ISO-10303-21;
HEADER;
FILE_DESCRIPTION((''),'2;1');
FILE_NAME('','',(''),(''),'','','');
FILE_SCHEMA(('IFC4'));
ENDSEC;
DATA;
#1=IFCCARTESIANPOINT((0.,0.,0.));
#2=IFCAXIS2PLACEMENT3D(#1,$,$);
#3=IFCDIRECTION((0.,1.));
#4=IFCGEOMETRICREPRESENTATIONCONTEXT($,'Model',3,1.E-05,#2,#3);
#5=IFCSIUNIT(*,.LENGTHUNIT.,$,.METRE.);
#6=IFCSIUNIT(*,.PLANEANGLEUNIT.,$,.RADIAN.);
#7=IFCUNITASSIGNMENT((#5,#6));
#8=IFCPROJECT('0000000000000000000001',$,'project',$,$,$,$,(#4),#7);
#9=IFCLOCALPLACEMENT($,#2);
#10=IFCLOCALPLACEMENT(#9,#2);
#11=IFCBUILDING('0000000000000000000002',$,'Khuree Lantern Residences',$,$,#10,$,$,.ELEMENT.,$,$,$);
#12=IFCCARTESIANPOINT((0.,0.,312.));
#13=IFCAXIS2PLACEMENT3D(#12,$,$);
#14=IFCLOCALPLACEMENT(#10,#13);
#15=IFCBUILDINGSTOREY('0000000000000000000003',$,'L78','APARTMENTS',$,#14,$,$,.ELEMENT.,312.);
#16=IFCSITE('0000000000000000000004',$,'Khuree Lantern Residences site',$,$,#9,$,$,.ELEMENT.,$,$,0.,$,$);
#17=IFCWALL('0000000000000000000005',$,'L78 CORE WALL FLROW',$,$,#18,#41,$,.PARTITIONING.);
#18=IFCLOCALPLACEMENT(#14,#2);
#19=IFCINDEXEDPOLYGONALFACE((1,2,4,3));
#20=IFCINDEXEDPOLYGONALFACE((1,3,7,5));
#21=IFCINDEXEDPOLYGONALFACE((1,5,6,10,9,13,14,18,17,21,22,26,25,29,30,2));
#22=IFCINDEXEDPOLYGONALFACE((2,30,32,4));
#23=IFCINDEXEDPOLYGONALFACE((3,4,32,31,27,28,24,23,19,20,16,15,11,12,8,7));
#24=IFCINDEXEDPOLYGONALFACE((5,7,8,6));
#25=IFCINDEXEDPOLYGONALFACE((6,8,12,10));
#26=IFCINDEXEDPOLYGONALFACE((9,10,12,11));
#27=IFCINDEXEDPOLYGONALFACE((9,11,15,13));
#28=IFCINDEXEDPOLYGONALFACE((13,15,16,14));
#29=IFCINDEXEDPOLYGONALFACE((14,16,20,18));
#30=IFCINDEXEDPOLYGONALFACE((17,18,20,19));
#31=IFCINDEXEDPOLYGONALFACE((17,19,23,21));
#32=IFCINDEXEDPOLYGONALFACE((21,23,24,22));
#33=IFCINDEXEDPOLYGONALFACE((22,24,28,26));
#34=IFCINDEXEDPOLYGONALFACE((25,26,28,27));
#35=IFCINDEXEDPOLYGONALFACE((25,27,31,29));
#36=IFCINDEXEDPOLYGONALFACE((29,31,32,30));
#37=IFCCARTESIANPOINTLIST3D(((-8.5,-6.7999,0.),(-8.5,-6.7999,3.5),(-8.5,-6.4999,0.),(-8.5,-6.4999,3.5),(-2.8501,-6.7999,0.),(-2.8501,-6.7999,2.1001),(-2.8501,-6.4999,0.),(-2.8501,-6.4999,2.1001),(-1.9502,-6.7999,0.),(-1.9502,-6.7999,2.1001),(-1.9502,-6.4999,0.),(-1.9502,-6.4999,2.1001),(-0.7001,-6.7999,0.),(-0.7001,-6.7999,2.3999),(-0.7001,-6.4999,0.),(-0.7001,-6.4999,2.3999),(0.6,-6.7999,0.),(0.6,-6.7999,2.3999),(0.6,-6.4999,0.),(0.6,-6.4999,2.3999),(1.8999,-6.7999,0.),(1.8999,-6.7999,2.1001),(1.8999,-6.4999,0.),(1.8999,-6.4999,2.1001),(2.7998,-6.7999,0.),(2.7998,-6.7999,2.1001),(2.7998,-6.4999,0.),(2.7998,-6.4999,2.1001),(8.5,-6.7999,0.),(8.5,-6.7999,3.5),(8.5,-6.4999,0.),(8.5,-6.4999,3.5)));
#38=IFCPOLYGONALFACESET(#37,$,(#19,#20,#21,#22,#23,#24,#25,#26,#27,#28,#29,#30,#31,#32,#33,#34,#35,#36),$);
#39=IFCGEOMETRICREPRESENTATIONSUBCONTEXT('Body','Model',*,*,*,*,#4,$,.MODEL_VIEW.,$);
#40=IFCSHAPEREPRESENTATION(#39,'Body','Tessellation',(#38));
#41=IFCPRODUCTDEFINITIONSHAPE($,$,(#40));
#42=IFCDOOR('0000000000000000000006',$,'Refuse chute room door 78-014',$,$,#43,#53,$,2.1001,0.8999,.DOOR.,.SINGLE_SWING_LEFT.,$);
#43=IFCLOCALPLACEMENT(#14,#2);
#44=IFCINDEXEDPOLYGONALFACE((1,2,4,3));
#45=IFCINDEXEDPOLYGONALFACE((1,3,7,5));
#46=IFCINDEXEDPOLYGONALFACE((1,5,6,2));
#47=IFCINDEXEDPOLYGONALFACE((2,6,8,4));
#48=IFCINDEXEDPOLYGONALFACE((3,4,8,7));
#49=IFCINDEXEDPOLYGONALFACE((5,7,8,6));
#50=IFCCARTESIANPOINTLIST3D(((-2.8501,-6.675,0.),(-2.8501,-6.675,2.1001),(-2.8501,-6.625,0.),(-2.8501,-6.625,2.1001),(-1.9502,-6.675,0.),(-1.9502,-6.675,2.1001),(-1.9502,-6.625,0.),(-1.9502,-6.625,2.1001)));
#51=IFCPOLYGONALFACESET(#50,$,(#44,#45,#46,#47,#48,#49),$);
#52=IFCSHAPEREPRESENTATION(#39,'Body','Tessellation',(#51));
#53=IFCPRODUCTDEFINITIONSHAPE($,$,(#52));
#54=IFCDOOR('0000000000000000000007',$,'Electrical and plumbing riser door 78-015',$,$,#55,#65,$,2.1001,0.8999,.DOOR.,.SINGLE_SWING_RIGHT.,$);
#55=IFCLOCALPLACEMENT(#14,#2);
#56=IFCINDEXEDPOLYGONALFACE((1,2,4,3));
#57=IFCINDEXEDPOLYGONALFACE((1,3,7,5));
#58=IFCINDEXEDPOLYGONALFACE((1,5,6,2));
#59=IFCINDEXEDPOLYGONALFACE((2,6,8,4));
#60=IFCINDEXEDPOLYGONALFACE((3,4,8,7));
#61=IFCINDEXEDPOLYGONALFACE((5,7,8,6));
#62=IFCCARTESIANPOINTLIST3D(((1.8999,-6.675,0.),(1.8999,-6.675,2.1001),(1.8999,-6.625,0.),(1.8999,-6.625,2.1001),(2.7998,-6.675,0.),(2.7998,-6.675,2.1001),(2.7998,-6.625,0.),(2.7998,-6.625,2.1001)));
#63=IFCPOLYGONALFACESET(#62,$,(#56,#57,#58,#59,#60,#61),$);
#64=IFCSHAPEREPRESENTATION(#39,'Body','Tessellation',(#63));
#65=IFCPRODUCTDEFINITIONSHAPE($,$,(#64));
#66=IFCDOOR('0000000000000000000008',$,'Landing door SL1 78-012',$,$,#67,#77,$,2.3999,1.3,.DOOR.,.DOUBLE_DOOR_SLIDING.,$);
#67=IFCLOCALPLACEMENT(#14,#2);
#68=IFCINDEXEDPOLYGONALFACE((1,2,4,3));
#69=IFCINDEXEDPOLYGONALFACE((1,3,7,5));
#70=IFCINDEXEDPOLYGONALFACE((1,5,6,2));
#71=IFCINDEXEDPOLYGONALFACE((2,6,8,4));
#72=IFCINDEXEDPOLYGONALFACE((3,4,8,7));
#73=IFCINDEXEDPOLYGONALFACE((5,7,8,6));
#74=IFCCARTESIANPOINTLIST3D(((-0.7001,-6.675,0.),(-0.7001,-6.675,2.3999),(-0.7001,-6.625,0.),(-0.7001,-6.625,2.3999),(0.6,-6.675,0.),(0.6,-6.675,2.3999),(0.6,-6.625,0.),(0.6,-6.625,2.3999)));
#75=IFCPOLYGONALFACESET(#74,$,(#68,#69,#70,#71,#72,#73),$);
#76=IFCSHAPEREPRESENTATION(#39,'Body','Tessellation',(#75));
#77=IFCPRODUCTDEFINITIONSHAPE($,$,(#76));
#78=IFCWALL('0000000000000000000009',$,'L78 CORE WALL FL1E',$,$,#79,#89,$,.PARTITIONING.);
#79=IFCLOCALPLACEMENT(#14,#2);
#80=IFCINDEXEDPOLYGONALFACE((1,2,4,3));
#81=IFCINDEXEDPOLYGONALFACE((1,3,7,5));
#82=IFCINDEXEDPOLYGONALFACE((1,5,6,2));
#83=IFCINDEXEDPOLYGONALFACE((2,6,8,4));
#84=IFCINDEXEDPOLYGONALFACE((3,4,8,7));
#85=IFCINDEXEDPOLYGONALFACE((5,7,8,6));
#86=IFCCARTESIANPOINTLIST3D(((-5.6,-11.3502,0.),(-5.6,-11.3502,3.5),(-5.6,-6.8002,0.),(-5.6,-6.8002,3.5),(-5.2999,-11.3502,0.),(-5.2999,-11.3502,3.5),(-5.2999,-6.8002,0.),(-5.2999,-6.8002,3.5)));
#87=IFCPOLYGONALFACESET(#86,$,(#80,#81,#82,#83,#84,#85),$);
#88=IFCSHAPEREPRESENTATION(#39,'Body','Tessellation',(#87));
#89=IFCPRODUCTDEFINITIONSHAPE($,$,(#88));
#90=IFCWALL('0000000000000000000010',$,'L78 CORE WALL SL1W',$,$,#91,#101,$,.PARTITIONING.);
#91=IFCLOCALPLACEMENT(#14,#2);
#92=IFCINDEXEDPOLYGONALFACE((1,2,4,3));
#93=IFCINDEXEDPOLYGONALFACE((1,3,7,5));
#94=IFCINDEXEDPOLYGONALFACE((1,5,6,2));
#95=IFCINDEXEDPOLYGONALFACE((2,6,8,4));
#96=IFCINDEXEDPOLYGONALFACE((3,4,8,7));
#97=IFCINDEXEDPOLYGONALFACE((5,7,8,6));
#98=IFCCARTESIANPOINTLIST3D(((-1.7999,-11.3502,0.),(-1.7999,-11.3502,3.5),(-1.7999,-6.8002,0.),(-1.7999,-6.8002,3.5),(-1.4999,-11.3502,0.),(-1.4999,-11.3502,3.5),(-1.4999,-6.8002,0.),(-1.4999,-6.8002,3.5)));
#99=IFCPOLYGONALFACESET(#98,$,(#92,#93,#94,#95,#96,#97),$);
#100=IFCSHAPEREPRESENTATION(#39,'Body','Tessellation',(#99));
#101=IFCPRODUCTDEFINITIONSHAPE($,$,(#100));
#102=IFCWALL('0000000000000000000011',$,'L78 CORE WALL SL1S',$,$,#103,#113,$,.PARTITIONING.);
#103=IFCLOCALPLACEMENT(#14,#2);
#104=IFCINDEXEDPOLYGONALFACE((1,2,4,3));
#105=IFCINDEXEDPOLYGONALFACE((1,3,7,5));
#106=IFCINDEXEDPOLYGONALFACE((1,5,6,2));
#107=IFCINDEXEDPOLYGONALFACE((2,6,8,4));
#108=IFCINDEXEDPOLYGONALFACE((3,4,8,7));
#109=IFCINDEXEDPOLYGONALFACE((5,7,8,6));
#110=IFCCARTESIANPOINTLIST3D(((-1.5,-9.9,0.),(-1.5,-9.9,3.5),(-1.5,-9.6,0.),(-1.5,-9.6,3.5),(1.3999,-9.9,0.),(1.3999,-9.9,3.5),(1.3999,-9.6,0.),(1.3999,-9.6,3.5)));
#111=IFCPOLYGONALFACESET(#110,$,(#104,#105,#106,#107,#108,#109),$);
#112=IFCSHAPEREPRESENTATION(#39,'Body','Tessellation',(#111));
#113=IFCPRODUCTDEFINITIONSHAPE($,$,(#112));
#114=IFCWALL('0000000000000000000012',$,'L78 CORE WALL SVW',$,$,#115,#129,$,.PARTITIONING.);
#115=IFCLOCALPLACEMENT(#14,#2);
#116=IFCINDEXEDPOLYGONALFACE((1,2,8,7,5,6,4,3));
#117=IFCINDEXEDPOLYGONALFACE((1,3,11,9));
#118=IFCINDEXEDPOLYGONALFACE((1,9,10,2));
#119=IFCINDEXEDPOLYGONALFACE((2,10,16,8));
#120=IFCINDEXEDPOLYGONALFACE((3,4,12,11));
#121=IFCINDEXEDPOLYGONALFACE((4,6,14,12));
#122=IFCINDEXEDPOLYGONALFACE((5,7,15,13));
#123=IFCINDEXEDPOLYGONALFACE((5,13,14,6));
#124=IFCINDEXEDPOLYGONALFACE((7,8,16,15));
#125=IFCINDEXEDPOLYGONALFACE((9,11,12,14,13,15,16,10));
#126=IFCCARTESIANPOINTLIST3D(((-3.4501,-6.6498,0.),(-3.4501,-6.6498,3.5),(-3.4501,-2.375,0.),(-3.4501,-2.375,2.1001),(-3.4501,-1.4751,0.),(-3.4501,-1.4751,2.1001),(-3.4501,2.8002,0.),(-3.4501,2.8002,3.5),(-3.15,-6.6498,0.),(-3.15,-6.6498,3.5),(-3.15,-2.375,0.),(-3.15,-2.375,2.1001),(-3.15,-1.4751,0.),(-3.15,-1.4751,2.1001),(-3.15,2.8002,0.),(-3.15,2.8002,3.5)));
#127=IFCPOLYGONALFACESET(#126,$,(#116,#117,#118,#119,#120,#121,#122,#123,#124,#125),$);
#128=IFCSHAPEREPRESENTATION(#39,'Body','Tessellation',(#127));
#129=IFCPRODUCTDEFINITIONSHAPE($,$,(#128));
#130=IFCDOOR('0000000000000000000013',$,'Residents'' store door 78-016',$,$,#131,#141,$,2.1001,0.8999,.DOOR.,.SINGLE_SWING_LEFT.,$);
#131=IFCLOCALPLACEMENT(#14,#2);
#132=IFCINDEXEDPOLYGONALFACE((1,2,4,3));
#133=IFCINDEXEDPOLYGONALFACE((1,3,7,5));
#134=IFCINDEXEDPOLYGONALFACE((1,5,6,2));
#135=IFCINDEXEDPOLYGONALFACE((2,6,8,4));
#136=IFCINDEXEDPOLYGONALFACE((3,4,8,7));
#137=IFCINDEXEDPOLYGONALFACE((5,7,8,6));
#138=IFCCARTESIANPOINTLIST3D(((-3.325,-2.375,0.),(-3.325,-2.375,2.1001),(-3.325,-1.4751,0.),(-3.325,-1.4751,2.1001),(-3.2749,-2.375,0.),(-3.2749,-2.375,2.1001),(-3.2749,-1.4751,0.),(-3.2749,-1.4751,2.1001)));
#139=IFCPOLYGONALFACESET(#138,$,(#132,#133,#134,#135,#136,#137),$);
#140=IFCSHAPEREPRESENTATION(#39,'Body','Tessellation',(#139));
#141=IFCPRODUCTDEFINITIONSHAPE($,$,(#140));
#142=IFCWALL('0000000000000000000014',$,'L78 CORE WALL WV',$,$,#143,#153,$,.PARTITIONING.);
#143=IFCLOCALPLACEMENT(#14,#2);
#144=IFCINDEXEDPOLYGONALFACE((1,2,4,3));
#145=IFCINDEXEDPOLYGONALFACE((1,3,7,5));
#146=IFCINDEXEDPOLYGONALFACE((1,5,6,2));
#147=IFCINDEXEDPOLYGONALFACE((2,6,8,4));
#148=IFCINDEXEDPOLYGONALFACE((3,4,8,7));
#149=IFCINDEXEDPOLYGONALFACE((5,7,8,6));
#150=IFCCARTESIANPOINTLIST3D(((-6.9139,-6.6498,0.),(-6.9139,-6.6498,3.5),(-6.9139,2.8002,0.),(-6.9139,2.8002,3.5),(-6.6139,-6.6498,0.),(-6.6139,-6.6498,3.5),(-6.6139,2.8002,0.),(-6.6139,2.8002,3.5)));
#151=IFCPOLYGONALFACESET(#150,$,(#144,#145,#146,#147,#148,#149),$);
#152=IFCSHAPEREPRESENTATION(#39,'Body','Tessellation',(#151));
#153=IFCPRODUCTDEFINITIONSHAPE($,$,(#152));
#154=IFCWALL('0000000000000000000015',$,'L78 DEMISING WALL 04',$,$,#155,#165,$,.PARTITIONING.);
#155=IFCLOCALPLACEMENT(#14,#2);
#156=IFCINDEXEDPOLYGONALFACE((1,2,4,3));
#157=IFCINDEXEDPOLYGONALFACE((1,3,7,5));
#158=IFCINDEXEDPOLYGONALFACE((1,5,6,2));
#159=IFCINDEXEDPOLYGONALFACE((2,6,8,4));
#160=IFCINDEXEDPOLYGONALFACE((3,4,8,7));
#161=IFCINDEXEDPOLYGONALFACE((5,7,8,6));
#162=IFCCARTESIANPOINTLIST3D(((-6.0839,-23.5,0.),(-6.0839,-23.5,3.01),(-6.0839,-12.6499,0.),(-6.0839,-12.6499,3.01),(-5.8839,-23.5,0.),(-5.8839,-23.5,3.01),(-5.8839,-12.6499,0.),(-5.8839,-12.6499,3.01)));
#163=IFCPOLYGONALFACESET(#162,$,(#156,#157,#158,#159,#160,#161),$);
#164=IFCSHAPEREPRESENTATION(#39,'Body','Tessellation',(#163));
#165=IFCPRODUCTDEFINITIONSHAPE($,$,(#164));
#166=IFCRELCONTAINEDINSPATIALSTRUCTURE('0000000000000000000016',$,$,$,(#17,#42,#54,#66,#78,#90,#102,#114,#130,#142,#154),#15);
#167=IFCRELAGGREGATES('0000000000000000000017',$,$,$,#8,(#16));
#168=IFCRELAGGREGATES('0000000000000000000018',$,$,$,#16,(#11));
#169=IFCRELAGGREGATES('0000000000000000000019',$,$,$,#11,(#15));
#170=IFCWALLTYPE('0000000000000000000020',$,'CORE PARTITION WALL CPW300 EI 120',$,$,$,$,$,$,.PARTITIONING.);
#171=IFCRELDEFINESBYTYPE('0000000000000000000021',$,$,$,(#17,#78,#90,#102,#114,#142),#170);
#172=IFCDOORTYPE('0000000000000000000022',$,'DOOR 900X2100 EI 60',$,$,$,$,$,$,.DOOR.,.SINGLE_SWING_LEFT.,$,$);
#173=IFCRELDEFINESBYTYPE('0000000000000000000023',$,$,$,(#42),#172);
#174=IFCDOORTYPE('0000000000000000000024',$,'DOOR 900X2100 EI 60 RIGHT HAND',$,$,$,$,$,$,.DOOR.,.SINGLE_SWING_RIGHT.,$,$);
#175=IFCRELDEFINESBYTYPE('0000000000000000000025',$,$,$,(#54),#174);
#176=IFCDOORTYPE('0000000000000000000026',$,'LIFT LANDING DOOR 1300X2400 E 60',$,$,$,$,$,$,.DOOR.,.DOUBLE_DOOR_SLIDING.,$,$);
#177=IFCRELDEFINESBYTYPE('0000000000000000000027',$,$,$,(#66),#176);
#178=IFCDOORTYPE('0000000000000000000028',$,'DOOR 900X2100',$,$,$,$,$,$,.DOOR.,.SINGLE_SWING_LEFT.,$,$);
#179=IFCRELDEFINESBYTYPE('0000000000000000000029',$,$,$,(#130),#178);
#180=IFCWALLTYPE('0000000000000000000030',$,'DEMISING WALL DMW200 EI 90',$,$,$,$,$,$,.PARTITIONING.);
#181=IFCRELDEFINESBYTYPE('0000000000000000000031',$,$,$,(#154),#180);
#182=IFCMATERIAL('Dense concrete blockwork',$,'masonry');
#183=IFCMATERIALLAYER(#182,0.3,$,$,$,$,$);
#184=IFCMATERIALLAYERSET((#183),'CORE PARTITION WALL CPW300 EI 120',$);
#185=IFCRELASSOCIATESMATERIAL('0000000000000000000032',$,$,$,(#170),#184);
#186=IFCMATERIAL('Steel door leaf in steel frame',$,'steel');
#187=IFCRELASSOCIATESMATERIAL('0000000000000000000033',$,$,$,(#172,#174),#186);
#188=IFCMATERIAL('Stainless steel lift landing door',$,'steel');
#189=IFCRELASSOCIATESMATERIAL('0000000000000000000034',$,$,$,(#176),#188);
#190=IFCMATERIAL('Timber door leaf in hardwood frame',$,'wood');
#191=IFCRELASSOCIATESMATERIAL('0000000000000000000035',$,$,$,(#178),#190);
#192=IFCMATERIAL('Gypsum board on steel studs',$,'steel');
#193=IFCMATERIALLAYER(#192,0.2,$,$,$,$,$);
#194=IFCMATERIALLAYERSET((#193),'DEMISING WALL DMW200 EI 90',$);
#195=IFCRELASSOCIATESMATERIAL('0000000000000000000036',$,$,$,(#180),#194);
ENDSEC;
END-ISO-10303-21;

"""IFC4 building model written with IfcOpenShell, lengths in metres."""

from ifc_helpers import new_model, si_unit, direction, frame, frame_2d, origin, place, context, subcontext, project, spatial, rectangle, extrude, material, layer, layer_set, type_object, element, fill, save


model = new_model("IFC4")

# Units and contexts
model_context = context("Model", 3, precision=1e-05, world=origin(), true_north=direction((0.0, 1.0)))
body_context = subcontext(model_context, "Body", "Model", "MODEL_VIEW")
ifc_project = project(units=[si_unit("LENGTHUNIT", "METRE"), si_unit("PLANEANGLEUNIT", "RADIAN")], contexts=[model_context])

# Site, building, storey
site_placement = place(None, origin())
site = spatial("IfcSite", under=ifc_project, at=site_placement, Name="Khuree Lantern Residences site", CompositionType="ELEMENT", RefElevation=0.0)
building_placement = place(site_placement, origin())
building = spatial("IfcBuilding", under=site, at=building_placement, Name="Khuree Lantern Residences", CompositionType="ELEMENT")
storey_placement = place(building_placement, frame((0.0, 0.0, 312.0)))
storey = spatial("IfcBuildingStorey", under=building, at=storey_placement, Name="L78", Description="APARTMENTS", CompositionType="ELEMENT", Elevation=312.0)

# Shared definitions
ifc_material_1 = material(Name="Timber door leaf in hardwood frame", Category="wood")

# Wall, openings, doors
ifc_material_2 = material(Name="Dense concrete blockwork", Category="masonry")
ifc_layer_1 = layer(ifc_material_2, 0.3)
ifc_layer_set_1 = layer_set([ifc_layer_1], Name="CORE PARTITION WALL CPW300 EI 120")
wall_type_1 = type_object("IfcWallType", Name="CORE PARTITION WALL CPW300 EI 120", PredefinedType="PARTITIONING", material=ifc_layer_set_1)
wall_1_placement = place(storey_placement, frame((-8.5, -6.6499, 0.0), z_axis=(0.0, 0.0, 1.0), x_axis=(1.0, 0.0, 0.0)))
wall_1 = element("IfcWall", 1, at=wall_1_placement, inside=storey, type_object=wall_type_1, Name="L78 CORE WALL FLROW", PredefinedType="PARTITIONING", context=body_context, shape_type="SweptSolid", body=[
    extrude(rectangle(XDim=17.0, YDim=0.3, at=frame_2d((8.5, 0.0))), origin(), (0.0, 0.0, 1.0), 3.5),
])
opening_1_placement = place(wall_1_placement, frame((7.8, 0.0, 0.0)))
opening_1 = element("IfcOpeningElement", 2, at=opening_1_placement, cuts=wall_1, PredefinedType="OPENING", context=body_context, shape_type="SweptSolid", body=[
    extrude(rectangle(XDim=1.3, YDim=2.3999, at=frame_2d((0.6499, 1.2))), frame((0.0, 0.1602, 0.0), z_axis=(0.0, -1.0, 0.0), x_axis=(1.0, 0.0, 0.0)), (0.0, 0.0, 1.0), 0.3201),
])
opening_2_placement = place(wall_1_placement, frame((5.6499, 0.0, 0.0)))
opening_2 = element("IfcOpeningElement", 3, at=opening_2_placement, cuts=wall_1, PredefinedType="OPENING", context=body_context, shape_type="SweptSolid", body=[
    extrude(rectangle(XDim=0.8999, YDim=2.1001, at=frame_2d((0.45, 1.05))), frame((0.0, 0.1602, 0.0), z_axis=(0.0, -1.0, 0.0), x_axis=(1.0, 0.0, 0.0)), (0.0, 0.0, 1.0), 0.3201),
])
opening_3_placement = place(wall_1_placement, frame((10.3999, 0.0, 0.0)))
opening_3 = element("IfcOpeningElement", 4, at=opening_3_placement, cuts=wall_1, PredefinedType="OPENING", context=body_context, shape_type="SweptSolid", body=[
    extrude(rectangle(XDim=0.8999, YDim=2.1001, at=frame_2d((0.45, 1.05))), frame((0.0, 0.1602, 0.0), z_axis=(0.0, -1.0, 0.0), x_axis=(1.0, 0.0, 0.0)), (0.0, 0.0, 1.0), 0.3201),
])
ifc_material_3 = material(Name="Steel door leaf in steel frame", Category="steel")
door_type_1 = type_object("IfcDoorType", Name="DOOR 900X2100 EI 60", OperationType="SINGLE_SWING_LEFT", PredefinedType="DOOR", material=ifc_material_3)
door_1_placement = place(opening_2_placement, origin())
door_1 = element("IfcDoor", 5, at=door_1_placement, inside=storey, type_object=door_type_1, Name="Refuse chute room door 78-014", OperationType="SINGLE_SWING_LEFT", OverallHeight=2.1001, OverallWidth=0.8999, PredefinedType="DOOR", context=body_context, shape_type="SweptSolid", body=[
    extrude(rectangle(XDim=0.8999, YDim=2.1001, at=frame_2d((0.45, 1.05))), frame((0.0, 0.0249, 0.0), z_axis=(0.0, -1.0, 0.0), x_axis=(1.0, 0.0, 0.0)), (0.0, 0.0, 1.0), 0.05),
])
fill(opening_2, door_1)
door_type_2 = type_object("IfcDoorType", Name="DOOR 900X2100 EI 60 RIGHT HAND", OperationType="SINGLE_SWING_RIGHT", PredefinedType="DOOR", material=ifc_material_3)
door_2_placement = place(opening_3_placement, origin())
door_2 = element("IfcDoor", 6, at=door_2_placement, inside=storey, type_object=door_type_2, Name="Electrical and plumbing riser door 78-015", OperationType="SINGLE_SWING_RIGHT", OverallHeight=2.1001, OverallWidth=0.8999, PredefinedType="DOOR", context=body_context, shape_type="SweptSolid", body=[
    extrude(rectangle(XDim=0.8999, YDim=2.1001, at=frame_2d((0.45, 1.05))), frame((0.0, 0.0249, 0.0), z_axis=(0.0, -1.0, 0.0), x_axis=(1.0, 0.0, 0.0)), (0.0, 0.0, 1.0), 0.05),
])
fill(opening_3, door_2)
ifc_material_4 = material(Name="Stainless steel lift landing door", Category="steel")
door_type_3 = type_object("IfcDoorType", Name="LIFT LANDING DOOR 1300X2400 E 60", OperationType="DOUBLE_DOOR_SLIDING", PredefinedType="DOOR", material=ifc_material_4)
door_3_placement = place(opening_1_placement, origin())
door_3 = element("IfcDoor", 7, at=door_3_placement, inside=storey, type_object=door_type_3, Name="Landing door SL1 78-012", OperationType="DOUBLE_DOOR_SLIDING", OverallHeight=2.3999, OverallWidth=1.3, PredefinedType="DOOR", context=body_context, shape_type="SweptSolid", body=[
    extrude(rectangle(XDim=1.3, YDim=2.3999, at=frame_2d((0.6499, 1.2))), frame((0.0, 0.0249, 0.0), z_axis=(0.0, -1.0, 0.0), x_axis=(1.0, 0.0, 0.0)), (0.0, 0.0, 1.0), 0.05),
])
fill(opening_1, door_3)

# Walls
for number, where, z_axis, x_axis, name in (
    (8, (-5.45, -11.3501, 0.0), (0.0, 0.0, 1.0), (0.0, 1.0, 0.0), "L78 CORE WALL FL1E"),
    (9, (-1.6499, -11.3501, 0.0), (0.0, 0.0, 1.0), (0.0, 1.0, 0.0), "L78 CORE WALL SL1W"),
):
    element("IfcWall", number, at=place(storey_placement, frame(where, z_axis=z_axis, x_axis=x_axis)), inside=storey, type_object=wall_type_1, Name=name, PredefinedType="PARTITIONING", context=body_context, shape_type="SweptSolid", body=[
        extrude(rectangle(XDim=4.55, YDim=0.3, at=frame_2d((2.2749, 0.0))), origin(), (0.0, 0.0, 1.0), 3.5),
    ])
wall_2_placement = place(storey_placement, frame((-1.5, -9.75, 0.0), z_axis=(0.0, 0.0, 1.0), x_axis=(1.0, 0.0, 0.0)))
element("IfcWall", 10, at=wall_2_placement, inside=storey, type_object=wall_type_1, Name="L78 CORE WALL SL1S", PredefinedType="PARTITIONING", context=body_context, shape_type="SweptSolid", body=[
    extrude(rectangle(XDim=2.8999, YDim=0.3, at=frame_2d((1.45, 0.0))), origin(), (0.0, 0.0, 1.0), 3.5),
])

# Wall, opening, door
wall_3_placement = place(storey_placement, frame((-3.3, -6.6499, 0.0), z_axis=(0.0, 0.0, 1.0), x_axis=(0.0, 1.0, 0.0)))
wall_3 = element("IfcWall", 11, at=wall_3_placement, inside=storey, type_object=wall_type_1, Name="L78 CORE WALL SVW", PredefinedType="PARTITIONING", context=body_context, shape_type="SweptSolid", body=[
    extrude(rectangle(XDim=9.45, YDim=0.3, at=frame_2d((4.7251, 0.0))), origin(), (0.0, 0.0, 1.0), 3.5),
])
opening_4_placement = place(wall_3_placement, frame((4.2749, 0.0, 0.0)))
opening_4 = element("IfcOpeningElement", 12, at=opening_4_placement, cuts=wall_3, PredefinedType="OPENING", context=body_context, shape_type="SweptSolid", body=[
    extrude(rectangle(XDim=0.8999, YDim=2.1001, at=frame_2d((0.45, 1.05))), frame((0.0, 0.1602, 0.0), z_axis=(0.0, -1.0, 0.0), x_axis=(1.0, 0.0, 0.0)), (0.0, 0.0, 1.0), 0.3201),
])
door_type_4 = type_object("IfcDoorType", Name="DOOR 900X2100", OperationType="SINGLE_SWING_LEFT", PredefinedType="DOOR", material=ifc_material_1)
door_4_placement = place(opening_4_placement, origin())
door_4 = element("IfcDoor", 13, at=door_4_placement, inside=storey, type_object=door_type_4, Name="Residents' store door 78-016", OperationType="SINGLE_SWING_LEFT", OverallHeight=2.1001, OverallWidth=0.8999, PredefinedType="DOOR", context=body_context, shape_type="SweptSolid", body=[
    extrude(rectangle(XDim=0.8999, YDim=2.1001, at=frame_2d((0.45, 1.05))), frame((0.0, 0.0249, 0.0), z_axis=(0.0, -1.0, 0.0), x_axis=(1.0, 0.0, 0.0)), (0.0, 0.0, 1.0), 0.05),
])
fill(opening_4, door_4)

# Walls
wall_4_placement = place(storey_placement, frame((-6.7639, -6.6499, 0.0), z_axis=(0.0, 0.0, 1.0), x_axis=(0.0, 1.0, 0.0)))
element("IfcWall", 14, at=wall_4_placement, inside=storey, type_object=wall_type_1, Name="L78 CORE WALL WV", PredefinedType="PARTITIONING", context=body_context, shape_type="SweptSolid", body=[
    extrude(rectangle(XDim=9.45, YDim=0.3, at=frame_2d((4.7251, 0.0))), origin(), (0.0, 0.0, 1.0), 3.5),
])
ifc_material_5 = material(Name="Gypsum board on steel studs", Category="steel")
ifc_layer_2 = layer(ifc_material_5, 0.2)
ifc_layer_set_2 = layer_set([ifc_layer_2], Name="DEMISING WALL DMW200 EI 90")
wall_type_2 = type_object("IfcWallType", Name="DEMISING WALL DMW200 EI 90", PredefinedType="PARTITIONING", material=ifc_layer_set_2)
wall_5_placement = place(storey_placement, frame((-5.9839, -12.6499, 0.0), z_axis=(0.0, 0.0, 1.0), x_axis=(0.0, -1.0, 0.0)))
element("IfcWall", 15, at=wall_5_placement, inside=storey, type_object=wall_type_2, Name="L78 DEMISING WALL 04", PredefinedType="PARTITIONING", context=body_context, shape_type="SweptSolid", body=[
    extrude(rectangle(XDim=10.8501, YDim=0.2, at=frame_2d((5.425, 0.0))), origin(), (0.0, 0.0, 1.0), 3.01),
])

save(model, "model.ifc")
